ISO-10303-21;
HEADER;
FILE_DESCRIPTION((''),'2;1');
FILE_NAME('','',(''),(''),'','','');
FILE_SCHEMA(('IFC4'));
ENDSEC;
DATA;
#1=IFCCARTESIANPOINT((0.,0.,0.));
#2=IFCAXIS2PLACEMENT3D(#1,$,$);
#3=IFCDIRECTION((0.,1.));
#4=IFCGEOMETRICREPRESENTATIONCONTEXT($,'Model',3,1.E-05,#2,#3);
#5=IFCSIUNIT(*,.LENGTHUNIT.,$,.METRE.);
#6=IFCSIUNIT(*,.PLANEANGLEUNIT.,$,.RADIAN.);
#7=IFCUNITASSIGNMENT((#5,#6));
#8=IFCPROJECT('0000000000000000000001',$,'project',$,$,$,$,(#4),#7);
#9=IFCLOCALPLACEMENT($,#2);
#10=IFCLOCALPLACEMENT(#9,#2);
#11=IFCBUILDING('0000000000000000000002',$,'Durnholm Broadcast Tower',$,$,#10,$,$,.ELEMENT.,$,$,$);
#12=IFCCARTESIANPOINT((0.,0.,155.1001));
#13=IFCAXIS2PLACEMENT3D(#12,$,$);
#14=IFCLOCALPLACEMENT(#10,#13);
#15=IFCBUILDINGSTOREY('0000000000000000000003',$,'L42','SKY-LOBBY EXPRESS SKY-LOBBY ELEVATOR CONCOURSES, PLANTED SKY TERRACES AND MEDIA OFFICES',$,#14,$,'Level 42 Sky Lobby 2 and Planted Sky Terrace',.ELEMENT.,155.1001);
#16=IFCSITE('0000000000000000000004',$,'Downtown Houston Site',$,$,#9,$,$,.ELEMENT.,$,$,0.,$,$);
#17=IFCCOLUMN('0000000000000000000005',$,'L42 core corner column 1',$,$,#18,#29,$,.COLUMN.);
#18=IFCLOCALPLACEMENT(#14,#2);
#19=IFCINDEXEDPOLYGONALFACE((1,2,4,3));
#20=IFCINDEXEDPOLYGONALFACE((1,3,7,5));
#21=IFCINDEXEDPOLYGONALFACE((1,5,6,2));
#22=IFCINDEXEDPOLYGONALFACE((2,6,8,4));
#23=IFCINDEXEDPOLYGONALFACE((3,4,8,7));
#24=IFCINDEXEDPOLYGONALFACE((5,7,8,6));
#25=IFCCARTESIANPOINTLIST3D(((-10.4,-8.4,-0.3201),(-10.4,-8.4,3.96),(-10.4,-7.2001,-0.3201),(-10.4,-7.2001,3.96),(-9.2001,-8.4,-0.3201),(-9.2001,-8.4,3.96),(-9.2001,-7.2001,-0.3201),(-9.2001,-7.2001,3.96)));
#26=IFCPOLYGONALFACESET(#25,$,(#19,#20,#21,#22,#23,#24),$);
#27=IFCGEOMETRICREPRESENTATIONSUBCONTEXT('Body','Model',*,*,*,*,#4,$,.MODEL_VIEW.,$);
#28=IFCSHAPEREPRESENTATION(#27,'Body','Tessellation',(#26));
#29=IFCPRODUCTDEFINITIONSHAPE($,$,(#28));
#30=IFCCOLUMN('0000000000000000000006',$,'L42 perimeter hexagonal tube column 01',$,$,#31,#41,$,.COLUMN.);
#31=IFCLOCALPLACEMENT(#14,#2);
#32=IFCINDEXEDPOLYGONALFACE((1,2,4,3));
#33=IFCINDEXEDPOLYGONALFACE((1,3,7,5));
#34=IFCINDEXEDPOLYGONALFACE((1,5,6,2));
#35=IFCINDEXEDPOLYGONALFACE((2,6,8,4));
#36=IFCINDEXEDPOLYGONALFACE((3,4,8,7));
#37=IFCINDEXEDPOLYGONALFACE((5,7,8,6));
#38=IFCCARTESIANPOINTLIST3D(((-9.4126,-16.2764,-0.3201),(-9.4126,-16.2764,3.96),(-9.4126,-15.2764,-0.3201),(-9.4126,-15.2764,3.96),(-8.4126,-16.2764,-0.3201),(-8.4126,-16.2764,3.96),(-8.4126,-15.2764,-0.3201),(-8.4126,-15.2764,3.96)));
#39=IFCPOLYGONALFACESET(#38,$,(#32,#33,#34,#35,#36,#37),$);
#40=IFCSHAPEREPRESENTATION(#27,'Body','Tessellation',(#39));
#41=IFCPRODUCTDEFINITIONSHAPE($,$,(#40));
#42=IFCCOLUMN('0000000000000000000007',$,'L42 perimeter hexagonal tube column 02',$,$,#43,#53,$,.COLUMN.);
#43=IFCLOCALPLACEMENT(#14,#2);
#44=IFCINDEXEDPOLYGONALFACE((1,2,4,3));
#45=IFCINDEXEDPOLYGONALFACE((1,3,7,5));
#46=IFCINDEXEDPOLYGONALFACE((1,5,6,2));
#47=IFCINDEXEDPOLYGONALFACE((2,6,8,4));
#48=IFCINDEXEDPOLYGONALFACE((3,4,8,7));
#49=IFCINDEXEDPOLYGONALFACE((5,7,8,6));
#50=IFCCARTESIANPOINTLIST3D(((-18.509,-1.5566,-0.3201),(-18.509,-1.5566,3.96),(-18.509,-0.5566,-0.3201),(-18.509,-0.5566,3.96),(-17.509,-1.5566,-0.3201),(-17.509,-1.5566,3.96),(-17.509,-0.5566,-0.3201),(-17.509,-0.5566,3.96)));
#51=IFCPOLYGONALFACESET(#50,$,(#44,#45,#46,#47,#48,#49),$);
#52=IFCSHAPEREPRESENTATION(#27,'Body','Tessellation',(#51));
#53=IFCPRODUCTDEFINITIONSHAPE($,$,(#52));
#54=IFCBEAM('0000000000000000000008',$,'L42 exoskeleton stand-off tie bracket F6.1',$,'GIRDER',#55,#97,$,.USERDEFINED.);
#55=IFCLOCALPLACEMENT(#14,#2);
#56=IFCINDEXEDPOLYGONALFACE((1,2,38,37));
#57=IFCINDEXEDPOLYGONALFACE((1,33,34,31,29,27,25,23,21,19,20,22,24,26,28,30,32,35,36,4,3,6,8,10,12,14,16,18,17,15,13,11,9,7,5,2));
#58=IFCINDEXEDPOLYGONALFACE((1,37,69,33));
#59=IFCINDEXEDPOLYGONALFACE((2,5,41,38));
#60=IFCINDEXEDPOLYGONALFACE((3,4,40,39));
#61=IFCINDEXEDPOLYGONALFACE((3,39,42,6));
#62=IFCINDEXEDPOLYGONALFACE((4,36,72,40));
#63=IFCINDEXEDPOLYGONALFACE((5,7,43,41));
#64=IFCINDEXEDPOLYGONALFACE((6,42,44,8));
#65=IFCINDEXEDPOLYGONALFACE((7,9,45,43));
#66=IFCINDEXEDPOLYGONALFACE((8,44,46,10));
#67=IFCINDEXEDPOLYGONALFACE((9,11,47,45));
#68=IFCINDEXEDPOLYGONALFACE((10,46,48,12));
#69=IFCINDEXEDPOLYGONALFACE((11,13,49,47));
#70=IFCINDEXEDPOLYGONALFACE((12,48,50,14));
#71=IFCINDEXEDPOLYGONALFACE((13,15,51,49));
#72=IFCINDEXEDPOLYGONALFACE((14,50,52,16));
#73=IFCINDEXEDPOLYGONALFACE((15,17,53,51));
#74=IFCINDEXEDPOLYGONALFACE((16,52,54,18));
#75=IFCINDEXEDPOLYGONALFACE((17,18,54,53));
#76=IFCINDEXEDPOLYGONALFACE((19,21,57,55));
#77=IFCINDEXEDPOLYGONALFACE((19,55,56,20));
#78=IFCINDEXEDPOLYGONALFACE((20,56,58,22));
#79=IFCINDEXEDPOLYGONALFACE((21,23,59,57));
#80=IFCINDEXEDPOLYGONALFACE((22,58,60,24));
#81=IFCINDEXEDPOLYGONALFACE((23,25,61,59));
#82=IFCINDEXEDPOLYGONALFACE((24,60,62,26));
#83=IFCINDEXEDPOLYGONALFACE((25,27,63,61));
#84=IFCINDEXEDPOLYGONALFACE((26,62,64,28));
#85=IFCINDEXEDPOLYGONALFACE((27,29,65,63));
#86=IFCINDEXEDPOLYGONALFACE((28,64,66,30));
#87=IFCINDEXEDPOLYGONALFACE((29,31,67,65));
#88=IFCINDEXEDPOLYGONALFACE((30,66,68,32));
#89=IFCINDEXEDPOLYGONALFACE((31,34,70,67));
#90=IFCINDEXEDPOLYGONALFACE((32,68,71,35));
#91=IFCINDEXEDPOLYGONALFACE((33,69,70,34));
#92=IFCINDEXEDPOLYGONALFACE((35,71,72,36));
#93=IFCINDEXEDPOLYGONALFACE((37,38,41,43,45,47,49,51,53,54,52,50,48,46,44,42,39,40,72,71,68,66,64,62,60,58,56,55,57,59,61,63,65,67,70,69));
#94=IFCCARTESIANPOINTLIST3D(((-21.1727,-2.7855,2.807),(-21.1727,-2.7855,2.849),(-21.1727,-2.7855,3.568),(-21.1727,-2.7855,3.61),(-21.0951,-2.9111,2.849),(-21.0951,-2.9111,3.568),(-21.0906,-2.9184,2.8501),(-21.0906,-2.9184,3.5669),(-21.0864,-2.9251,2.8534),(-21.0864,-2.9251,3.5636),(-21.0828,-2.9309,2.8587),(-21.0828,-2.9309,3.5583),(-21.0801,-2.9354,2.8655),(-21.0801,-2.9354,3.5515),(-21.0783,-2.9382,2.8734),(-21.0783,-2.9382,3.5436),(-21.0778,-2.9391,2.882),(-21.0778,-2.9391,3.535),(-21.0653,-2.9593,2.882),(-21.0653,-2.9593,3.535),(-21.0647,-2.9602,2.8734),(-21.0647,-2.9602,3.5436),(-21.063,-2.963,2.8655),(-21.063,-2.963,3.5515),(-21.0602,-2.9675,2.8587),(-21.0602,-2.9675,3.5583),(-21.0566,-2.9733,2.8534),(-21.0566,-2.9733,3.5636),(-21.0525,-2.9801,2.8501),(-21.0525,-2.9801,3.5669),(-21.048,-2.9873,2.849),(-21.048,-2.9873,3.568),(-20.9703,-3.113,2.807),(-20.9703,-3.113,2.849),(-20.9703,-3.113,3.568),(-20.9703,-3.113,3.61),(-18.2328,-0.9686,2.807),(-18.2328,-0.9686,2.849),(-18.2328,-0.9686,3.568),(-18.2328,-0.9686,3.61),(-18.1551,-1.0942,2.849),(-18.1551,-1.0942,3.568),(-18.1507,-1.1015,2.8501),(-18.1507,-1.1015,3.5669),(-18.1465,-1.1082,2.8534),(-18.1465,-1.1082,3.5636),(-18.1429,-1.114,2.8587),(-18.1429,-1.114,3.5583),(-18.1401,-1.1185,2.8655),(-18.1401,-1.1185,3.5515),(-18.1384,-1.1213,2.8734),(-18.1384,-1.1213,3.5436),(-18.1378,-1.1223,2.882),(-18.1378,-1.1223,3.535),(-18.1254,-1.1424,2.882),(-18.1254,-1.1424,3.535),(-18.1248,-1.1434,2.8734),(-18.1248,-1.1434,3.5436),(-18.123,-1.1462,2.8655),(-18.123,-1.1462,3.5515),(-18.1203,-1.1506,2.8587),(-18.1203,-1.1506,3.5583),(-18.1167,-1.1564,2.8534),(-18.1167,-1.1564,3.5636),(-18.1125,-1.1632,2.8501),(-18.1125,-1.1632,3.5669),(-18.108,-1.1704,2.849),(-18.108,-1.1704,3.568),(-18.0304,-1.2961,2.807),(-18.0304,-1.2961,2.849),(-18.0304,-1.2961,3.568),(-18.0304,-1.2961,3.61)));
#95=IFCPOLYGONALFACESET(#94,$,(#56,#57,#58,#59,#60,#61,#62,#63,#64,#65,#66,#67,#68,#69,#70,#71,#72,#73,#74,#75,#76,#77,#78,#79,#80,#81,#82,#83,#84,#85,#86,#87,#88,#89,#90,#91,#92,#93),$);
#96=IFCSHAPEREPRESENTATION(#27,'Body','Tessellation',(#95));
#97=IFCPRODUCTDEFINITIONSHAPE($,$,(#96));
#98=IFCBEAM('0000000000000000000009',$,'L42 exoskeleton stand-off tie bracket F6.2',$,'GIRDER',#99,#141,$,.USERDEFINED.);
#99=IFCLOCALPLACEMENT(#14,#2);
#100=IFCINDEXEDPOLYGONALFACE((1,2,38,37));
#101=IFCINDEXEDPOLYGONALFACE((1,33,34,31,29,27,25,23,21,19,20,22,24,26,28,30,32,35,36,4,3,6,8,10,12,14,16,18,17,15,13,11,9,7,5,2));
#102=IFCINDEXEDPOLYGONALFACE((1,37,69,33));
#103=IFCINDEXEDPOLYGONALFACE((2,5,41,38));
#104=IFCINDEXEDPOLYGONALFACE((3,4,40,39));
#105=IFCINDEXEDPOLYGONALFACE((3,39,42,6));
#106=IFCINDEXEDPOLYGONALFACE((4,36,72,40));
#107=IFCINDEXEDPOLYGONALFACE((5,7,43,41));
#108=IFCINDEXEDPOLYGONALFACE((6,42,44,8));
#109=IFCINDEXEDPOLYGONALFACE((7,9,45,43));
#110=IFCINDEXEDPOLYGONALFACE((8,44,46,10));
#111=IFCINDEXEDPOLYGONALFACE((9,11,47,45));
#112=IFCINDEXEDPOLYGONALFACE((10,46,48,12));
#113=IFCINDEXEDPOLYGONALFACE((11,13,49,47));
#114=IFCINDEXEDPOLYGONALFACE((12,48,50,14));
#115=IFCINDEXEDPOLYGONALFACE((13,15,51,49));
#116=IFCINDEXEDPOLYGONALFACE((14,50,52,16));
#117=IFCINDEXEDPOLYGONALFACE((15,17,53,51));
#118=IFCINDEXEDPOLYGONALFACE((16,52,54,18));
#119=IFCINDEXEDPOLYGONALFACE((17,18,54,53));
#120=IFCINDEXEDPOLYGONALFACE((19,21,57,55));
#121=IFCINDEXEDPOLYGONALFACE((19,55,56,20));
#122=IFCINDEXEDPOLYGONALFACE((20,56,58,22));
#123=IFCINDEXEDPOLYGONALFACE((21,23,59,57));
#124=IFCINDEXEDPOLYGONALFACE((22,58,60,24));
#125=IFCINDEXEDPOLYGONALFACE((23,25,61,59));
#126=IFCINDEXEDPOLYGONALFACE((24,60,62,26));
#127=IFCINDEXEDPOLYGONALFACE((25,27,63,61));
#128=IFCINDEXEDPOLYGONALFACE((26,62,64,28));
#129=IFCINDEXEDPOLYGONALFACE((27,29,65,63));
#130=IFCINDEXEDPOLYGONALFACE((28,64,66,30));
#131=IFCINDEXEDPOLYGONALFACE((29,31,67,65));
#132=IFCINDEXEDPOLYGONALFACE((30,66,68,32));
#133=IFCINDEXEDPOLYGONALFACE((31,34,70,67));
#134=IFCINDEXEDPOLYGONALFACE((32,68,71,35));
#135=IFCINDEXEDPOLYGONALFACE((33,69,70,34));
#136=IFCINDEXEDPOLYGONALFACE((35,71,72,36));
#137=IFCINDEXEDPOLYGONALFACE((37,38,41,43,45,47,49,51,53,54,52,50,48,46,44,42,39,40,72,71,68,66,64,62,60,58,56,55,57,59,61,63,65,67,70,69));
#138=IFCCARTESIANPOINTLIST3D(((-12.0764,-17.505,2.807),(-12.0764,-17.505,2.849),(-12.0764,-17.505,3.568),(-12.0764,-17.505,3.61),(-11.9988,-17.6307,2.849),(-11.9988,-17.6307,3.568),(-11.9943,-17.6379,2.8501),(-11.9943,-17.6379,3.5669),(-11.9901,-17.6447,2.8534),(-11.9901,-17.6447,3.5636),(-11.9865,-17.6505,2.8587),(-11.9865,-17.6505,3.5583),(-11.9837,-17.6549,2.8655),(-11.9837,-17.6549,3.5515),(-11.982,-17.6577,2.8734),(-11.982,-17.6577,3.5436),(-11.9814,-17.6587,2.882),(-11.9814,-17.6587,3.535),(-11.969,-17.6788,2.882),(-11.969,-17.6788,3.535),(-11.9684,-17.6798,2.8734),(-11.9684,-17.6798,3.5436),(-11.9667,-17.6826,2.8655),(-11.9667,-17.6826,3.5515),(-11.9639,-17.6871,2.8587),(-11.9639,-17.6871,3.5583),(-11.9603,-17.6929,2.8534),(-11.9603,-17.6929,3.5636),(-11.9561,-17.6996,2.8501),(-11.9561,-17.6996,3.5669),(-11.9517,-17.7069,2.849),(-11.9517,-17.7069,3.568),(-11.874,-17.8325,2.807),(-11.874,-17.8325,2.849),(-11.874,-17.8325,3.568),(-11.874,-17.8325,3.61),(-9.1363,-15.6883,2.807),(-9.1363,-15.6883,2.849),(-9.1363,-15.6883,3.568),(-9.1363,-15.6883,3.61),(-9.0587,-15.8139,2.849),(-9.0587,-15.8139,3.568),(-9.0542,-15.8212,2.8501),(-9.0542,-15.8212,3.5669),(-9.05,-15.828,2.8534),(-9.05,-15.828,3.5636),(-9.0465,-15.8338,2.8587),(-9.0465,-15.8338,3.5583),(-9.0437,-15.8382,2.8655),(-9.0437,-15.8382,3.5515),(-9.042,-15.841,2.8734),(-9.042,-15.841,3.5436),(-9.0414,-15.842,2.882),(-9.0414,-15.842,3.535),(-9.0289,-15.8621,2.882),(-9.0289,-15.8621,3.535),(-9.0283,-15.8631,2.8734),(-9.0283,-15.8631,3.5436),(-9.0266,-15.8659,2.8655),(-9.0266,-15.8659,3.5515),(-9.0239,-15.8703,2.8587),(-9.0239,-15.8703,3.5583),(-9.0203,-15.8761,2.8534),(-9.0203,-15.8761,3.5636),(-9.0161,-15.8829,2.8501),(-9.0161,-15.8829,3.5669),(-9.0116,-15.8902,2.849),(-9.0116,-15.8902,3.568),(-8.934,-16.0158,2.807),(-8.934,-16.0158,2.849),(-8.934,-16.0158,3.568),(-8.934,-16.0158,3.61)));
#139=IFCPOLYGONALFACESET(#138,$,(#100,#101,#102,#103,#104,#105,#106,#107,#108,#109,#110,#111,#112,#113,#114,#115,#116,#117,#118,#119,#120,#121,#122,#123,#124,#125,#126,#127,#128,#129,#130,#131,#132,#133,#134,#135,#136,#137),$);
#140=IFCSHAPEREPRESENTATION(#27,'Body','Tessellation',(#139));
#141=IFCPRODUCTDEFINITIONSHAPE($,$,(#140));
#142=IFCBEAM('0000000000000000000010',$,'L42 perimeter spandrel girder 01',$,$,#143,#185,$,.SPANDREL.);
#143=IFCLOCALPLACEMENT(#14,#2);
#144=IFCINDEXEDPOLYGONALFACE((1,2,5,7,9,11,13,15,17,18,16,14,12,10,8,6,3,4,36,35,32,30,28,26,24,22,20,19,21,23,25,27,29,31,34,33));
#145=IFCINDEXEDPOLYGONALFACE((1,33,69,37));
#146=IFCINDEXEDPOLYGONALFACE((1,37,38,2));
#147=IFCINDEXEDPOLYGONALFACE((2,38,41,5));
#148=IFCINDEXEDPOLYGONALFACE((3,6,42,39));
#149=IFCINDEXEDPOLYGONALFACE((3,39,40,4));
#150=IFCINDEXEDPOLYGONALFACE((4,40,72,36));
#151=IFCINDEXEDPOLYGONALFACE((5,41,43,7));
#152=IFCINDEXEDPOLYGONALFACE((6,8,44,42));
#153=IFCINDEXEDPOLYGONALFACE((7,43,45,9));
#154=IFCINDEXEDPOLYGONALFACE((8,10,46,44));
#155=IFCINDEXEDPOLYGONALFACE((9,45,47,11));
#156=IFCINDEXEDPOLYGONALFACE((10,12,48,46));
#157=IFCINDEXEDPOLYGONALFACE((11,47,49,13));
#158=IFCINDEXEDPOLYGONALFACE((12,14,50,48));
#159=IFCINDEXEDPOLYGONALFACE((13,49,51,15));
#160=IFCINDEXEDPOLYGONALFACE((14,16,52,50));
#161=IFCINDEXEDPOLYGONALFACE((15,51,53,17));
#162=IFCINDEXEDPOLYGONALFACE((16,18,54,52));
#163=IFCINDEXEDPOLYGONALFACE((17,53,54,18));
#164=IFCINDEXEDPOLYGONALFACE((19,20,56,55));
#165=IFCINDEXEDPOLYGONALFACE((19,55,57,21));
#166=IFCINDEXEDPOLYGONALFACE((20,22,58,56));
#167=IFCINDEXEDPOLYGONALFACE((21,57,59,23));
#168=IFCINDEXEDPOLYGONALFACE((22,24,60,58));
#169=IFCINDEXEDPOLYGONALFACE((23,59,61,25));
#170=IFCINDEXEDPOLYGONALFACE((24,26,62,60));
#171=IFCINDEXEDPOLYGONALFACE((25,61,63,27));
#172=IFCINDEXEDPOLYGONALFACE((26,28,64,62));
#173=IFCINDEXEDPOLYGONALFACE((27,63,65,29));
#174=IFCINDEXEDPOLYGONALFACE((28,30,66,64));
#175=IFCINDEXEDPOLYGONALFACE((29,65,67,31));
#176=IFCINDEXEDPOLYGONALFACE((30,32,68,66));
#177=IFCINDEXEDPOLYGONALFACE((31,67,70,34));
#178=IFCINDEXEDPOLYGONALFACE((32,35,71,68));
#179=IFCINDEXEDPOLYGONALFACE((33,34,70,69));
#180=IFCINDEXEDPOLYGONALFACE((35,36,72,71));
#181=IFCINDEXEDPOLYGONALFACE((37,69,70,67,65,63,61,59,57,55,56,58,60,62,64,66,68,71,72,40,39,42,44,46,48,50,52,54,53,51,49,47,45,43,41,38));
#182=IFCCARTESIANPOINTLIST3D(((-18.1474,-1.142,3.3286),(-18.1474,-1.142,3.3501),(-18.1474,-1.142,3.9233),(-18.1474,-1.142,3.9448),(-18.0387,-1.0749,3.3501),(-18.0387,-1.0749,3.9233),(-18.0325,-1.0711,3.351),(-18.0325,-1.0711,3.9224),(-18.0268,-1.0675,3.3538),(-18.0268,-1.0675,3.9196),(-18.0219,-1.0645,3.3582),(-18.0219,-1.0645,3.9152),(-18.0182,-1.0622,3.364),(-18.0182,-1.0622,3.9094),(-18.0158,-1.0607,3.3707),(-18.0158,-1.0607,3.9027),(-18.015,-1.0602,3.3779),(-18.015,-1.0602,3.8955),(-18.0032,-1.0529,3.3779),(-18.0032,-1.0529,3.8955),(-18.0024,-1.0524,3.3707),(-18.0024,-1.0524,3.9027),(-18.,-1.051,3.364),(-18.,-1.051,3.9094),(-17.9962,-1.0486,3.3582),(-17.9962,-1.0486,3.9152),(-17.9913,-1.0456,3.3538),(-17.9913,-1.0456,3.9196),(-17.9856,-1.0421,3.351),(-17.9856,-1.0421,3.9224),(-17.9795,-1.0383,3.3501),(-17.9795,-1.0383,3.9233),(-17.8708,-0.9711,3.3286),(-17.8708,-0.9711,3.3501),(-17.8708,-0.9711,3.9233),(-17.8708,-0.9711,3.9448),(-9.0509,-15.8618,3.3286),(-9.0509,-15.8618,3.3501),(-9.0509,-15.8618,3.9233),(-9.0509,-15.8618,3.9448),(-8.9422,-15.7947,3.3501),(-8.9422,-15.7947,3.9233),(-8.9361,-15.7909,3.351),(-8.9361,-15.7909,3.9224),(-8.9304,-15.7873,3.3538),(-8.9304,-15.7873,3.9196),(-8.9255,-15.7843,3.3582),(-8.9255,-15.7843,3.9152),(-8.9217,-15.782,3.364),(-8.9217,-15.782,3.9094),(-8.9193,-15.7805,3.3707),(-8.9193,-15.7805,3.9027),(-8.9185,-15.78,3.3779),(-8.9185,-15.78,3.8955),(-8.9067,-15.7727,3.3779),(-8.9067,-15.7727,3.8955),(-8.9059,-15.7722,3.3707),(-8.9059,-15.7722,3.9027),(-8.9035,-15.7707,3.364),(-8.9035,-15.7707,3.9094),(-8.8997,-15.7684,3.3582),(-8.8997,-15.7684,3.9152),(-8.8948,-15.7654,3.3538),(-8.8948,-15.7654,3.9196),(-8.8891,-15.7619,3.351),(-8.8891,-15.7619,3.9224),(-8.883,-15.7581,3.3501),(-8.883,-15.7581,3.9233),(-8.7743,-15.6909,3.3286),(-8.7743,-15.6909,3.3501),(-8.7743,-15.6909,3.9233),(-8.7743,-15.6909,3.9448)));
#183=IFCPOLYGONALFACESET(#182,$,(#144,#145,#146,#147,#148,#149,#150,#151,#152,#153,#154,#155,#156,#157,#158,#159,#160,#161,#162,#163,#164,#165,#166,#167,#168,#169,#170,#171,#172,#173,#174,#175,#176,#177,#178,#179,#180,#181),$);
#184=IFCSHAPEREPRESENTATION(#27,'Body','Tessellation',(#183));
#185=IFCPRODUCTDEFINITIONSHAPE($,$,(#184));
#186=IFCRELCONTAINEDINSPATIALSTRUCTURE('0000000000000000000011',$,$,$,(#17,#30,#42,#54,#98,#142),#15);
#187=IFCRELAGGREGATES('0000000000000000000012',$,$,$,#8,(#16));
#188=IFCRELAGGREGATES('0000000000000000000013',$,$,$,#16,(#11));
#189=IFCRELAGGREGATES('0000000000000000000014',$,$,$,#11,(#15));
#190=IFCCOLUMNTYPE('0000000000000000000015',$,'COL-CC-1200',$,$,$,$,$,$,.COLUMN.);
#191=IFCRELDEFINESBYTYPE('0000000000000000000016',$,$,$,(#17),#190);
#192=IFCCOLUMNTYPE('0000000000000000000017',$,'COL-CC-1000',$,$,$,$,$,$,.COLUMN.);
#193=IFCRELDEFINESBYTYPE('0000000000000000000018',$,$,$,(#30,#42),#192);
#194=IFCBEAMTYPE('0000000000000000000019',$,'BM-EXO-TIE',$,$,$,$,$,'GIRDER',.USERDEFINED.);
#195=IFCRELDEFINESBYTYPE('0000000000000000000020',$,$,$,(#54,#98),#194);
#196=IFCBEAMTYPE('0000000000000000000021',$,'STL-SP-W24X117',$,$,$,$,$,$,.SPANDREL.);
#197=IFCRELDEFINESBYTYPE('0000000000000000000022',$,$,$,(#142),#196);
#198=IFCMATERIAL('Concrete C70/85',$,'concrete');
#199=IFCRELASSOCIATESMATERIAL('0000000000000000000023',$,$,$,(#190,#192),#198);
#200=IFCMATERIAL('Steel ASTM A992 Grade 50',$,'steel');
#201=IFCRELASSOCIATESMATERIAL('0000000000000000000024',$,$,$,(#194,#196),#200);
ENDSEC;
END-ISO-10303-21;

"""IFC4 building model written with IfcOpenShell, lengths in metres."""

from ifc_helpers import new_model, si_unit, direction, frame, origin, origin_2d, place, context, subcontext, project, spatial, rectangle, i_section, extrude, source, transform, mapped, material, material_profile, profile_set, type_object, type_shapes, element, save


model = new_model("IFC4")

# Units and contexts
model_context = context("Model", 3, precision=1e-05, world=origin(), true_north=direction((0.0, 1.0)))
body_context = subcontext(model_context, "Body", "Model", "MODEL_VIEW")
ifc_project = project(units=[si_unit("LENGTHUNIT", "METRE"), si_unit("PLANEANGLEUNIT", "RADIAN")], contexts=[model_context])

# Site, building, storey
site_placement = place(None, origin())
site = spatial("IfcSite", under=ifc_project, at=site_placement, Name="Downtown Houston Site", CompositionType="ELEMENT", RefElevation=0.0)
building_placement = place(site_placement, origin())
building = spatial("IfcBuilding", under=site, at=building_placement, Name="Durnholm Broadcast Tower", CompositionType="ELEMENT")
storey_placement = place(building_placement, frame((0.0, 0.0, 155.1001)))
storey = spatial("IfcBuildingStorey", under=building, at=storey_placement, Name="L42", Description="SKY-LOBBY EXPRESS SKY-LOBBY ELEVATOR CONCOURSES, PLANTED SKY TERRACES AND MEDIA OFFICES", LongName="Level 42 Sky Lobby 2 and Planted Sky Terrace", CompositionType="ELEMENT", Elevation=155.1001)

# Columns
ifc_material_1 = material(Name="Concrete C70/85", Category="concrete")
ifc_material_profile_1 = material_profile(ifc_material_1, rectangle(XDim=1.2, YDim=1.2, at=origin_2d()), Name="RC1200X1200")
ifc_profile_set_1 = profile_set([ifc_material_profile_1], Name="Concrete C70/85")
column_type_1 = type_object("IfcColumnType", Name="COL-CC-1200", PredefinedType="COLUMN", material=ifc_profile_set_1)
shared_shape_1 = source(origin(), body_context, "Body", "SweptSolid", [
    extrude(rectangle(XDim=1.2, YDim=1.2, at=origin_2d()), origin(), (0.0, 0.0, 1.0), 4.28),
])
type_shapes(column_type_1, [shared_shape_1])
column_placement = place(storey_placement, frame((-9.8, -7.8, -0.3201), z_axis=(0.0, 0.0, 1.0), x_axis=(1.0, 0.0, 0.0)))
element("IfcColumn", 1, at=column_placement, inside=storey, type_object=column_type_1, Name="L42 core corner column 1", PredefinedType="COLUMN", context=body_context, shape_type="MappedRepresentation", body=[
    mapped(shared_shape_1, transform((0.0, 0.0, 0.0), x_axis=(1.0, 0.0, 0.0), y_axis=(0.0, 1.0, 0.0), z_axis=(0.0, 0.0, 1.0), scale=1.0)),
])
ifc_material_profile_2 = material_profile(ifc_material_1, rectangle(XDim=1.0, YDim=1.0, at=origin_2d()), Name="RC1000X1000")
ifc_profile_set_2 = profile_set([ifc_material_profile_2], Name="Concrete C70/85")
column_type_2 = type_object("IfcColumnType", Name="COL-CC-1000", PredefinedType="COLUMN", material=ifc_profile_set_2)
shared_shape_2 = source(origin(), body_context, "Body", "SweptSolid", [
    extrude(rectangle(XDim=1.0, YDim=1.0, at=origin_2d()), origin(), (0.0, 0.0, 1.0), 4.28),
])
type_shapes(column_type_2, [shared_shape_2])
for number, where, z_axis, x_axis, name in (
    (2, (-8.9126, -15.7764, -0.3201), (0.0, 0.0, 1.0), (1.0, 0.0, 0.0), "L42 perimeter hexagonal tube column 01"),
    (3, (-18.009, -1.0566, -0.3201), (0.0, 0.0, 1.0), (1.0, 0.0, 0.0), "L42 perimeter hexagonal tube column 02"),
):
    element("IfcColumn", number, at=place(storey_placement, frame(where, z_axis=z_axis, x_axis=x_axis)), inside=storey, type_object=column_type_2, Name=name, PredefinedType="COLUMN", context=body_context, shape_type="MappedRepresentation", body=[
        mapped(shared_shape_2, transform((0.0, 0.0, 0.0), x_axis=(1.0, 0.0, 0.0), y_axis=(0.0, 1.0, 0.0), z_axis=(0.0, 0.0, 1.0), scale=1.0)),
    ])

# Beams
ifc_material_2 = material(Name="Steel ASTM A992 Grade 50", Category="steel")
ifc_material_profile_3 = material_profile(ifc_material_2, i_section(OverallWidth=0.385, OverallDepth=0.803, WebThickness=0.0237, FlangeThickness=0.042, FilletRadius=0.033, at=origin_2d()), Name="W30X261")
ifc_profile_set_3 = profile_set([ifc_material_profile_3], Name="Steel ASTM A992 Grade 50")
beam_type_1 = type_object("IfcBeamType", Name="BM-EXO-TIE", ElementType="GIRDER", PredefinedType="USERDEFINED", material=ifc_profile_set_3)
shared_shape_3 = source(origin(), body_context, "Body", "SweptSolid", [
    extrude(i_section(OverallWidth=0.385, OverallDepth=0.803, WebThickness=0.0237, FlangeThickness=0.042, FilletRadius=0.033, at=origin_2d()), origin(), (0.0, 0.0, 1.0), 3.4561),
])
for number, where, z_axis, x_axis, name in (
    (4, (-18.1316, -1.1323, 3.2085), (-0.850662, -0.525712, 0.0), (0.525712, -0.850662, 0.0), "L42 exoskeleton stand-off tie bracket F6.1"),
    (5, (-9.0352, -15.8521, 3.2085), (-0.850694, -0.525661, 0.0), (0.525661, -0.850694, 0.0), "L42 exoskeleton stand-off tie bracket F6.2"),
):
    element("IfcBeam", number, at=place(storey_placement, frame(where, z_axis=z_axis, x_axis=x_axis)), inside=storey, type_object=beam_type_1, Name=name, ObjectType="GIRDER", PredefinedType="USERDEFINED", context=body_context, shape_type="MappedRepresentation", body=[
        mapped(shared_shape_3, transform((0.0, 0.0, 0.0), x_axis=(1.0, 0.0, 0.0), y_axis=(0.0, 1.0, 0.0), z_axis=(0.0, 0.0, 1.0), scale=1.0)),
    ])
ifc_material_profile_4 = material_profile(ifc_material_2, i_section(OverallWidth=0.3252, OverallDepth=0.6162, WebThickness=0.0139, FlangeThickness=0.0215, FilletRadius=0.0278, at=origin_2d()), Name="W24X117")
ifc_profile_set_4 = profile_set([ifc_material_profile_4], Name="Steel ASTM A992 Grade 50")
beam_type_2 = type_object("IfcBeamType", Name="STL-SP-W24X117", PredefinedType="SPANDREL", material=ifc_profile_set_4)
shared_shape_4 = source(origin(), body_context, "Body", "SweptSolid", [
    extrude(i_section(OverallWidth=0.3252, OverallDepth=0.6162, WebThickness=0.0139, FlangeThickness=0.0215, FilletRadius=0.0278, at=origin_2d()), origin(), (0.0, 0.0, 1.0), 17.3037),
])
beam_1_placement = place(storey_placement, frame((-8.9126, -15.7764, 3.6367), z_axis=(-0.525695, 0.850673, 0.0), x_axis=(-0.850673, -0.525695, 0.0)))
element("IfcBeam", 6, at=beam_1_placement, inside=storey, type_object=beam_type_2, Name="L42 perimeter spandrel girder 01", PredefinedType="SPANDREL", context=body_context, shape_type="MappedRepresentation", body=[
    mapped(shared_shape_4, transform((0.0, 0.0, 0.0), x_axis=(1.0, 0.0, 0.0), y_axis=(0.0, 1.0, 0.0), z_axis=(0.0, 0.0, 1.0), scale=1.0)),
])

save(model, "model.ifc")
